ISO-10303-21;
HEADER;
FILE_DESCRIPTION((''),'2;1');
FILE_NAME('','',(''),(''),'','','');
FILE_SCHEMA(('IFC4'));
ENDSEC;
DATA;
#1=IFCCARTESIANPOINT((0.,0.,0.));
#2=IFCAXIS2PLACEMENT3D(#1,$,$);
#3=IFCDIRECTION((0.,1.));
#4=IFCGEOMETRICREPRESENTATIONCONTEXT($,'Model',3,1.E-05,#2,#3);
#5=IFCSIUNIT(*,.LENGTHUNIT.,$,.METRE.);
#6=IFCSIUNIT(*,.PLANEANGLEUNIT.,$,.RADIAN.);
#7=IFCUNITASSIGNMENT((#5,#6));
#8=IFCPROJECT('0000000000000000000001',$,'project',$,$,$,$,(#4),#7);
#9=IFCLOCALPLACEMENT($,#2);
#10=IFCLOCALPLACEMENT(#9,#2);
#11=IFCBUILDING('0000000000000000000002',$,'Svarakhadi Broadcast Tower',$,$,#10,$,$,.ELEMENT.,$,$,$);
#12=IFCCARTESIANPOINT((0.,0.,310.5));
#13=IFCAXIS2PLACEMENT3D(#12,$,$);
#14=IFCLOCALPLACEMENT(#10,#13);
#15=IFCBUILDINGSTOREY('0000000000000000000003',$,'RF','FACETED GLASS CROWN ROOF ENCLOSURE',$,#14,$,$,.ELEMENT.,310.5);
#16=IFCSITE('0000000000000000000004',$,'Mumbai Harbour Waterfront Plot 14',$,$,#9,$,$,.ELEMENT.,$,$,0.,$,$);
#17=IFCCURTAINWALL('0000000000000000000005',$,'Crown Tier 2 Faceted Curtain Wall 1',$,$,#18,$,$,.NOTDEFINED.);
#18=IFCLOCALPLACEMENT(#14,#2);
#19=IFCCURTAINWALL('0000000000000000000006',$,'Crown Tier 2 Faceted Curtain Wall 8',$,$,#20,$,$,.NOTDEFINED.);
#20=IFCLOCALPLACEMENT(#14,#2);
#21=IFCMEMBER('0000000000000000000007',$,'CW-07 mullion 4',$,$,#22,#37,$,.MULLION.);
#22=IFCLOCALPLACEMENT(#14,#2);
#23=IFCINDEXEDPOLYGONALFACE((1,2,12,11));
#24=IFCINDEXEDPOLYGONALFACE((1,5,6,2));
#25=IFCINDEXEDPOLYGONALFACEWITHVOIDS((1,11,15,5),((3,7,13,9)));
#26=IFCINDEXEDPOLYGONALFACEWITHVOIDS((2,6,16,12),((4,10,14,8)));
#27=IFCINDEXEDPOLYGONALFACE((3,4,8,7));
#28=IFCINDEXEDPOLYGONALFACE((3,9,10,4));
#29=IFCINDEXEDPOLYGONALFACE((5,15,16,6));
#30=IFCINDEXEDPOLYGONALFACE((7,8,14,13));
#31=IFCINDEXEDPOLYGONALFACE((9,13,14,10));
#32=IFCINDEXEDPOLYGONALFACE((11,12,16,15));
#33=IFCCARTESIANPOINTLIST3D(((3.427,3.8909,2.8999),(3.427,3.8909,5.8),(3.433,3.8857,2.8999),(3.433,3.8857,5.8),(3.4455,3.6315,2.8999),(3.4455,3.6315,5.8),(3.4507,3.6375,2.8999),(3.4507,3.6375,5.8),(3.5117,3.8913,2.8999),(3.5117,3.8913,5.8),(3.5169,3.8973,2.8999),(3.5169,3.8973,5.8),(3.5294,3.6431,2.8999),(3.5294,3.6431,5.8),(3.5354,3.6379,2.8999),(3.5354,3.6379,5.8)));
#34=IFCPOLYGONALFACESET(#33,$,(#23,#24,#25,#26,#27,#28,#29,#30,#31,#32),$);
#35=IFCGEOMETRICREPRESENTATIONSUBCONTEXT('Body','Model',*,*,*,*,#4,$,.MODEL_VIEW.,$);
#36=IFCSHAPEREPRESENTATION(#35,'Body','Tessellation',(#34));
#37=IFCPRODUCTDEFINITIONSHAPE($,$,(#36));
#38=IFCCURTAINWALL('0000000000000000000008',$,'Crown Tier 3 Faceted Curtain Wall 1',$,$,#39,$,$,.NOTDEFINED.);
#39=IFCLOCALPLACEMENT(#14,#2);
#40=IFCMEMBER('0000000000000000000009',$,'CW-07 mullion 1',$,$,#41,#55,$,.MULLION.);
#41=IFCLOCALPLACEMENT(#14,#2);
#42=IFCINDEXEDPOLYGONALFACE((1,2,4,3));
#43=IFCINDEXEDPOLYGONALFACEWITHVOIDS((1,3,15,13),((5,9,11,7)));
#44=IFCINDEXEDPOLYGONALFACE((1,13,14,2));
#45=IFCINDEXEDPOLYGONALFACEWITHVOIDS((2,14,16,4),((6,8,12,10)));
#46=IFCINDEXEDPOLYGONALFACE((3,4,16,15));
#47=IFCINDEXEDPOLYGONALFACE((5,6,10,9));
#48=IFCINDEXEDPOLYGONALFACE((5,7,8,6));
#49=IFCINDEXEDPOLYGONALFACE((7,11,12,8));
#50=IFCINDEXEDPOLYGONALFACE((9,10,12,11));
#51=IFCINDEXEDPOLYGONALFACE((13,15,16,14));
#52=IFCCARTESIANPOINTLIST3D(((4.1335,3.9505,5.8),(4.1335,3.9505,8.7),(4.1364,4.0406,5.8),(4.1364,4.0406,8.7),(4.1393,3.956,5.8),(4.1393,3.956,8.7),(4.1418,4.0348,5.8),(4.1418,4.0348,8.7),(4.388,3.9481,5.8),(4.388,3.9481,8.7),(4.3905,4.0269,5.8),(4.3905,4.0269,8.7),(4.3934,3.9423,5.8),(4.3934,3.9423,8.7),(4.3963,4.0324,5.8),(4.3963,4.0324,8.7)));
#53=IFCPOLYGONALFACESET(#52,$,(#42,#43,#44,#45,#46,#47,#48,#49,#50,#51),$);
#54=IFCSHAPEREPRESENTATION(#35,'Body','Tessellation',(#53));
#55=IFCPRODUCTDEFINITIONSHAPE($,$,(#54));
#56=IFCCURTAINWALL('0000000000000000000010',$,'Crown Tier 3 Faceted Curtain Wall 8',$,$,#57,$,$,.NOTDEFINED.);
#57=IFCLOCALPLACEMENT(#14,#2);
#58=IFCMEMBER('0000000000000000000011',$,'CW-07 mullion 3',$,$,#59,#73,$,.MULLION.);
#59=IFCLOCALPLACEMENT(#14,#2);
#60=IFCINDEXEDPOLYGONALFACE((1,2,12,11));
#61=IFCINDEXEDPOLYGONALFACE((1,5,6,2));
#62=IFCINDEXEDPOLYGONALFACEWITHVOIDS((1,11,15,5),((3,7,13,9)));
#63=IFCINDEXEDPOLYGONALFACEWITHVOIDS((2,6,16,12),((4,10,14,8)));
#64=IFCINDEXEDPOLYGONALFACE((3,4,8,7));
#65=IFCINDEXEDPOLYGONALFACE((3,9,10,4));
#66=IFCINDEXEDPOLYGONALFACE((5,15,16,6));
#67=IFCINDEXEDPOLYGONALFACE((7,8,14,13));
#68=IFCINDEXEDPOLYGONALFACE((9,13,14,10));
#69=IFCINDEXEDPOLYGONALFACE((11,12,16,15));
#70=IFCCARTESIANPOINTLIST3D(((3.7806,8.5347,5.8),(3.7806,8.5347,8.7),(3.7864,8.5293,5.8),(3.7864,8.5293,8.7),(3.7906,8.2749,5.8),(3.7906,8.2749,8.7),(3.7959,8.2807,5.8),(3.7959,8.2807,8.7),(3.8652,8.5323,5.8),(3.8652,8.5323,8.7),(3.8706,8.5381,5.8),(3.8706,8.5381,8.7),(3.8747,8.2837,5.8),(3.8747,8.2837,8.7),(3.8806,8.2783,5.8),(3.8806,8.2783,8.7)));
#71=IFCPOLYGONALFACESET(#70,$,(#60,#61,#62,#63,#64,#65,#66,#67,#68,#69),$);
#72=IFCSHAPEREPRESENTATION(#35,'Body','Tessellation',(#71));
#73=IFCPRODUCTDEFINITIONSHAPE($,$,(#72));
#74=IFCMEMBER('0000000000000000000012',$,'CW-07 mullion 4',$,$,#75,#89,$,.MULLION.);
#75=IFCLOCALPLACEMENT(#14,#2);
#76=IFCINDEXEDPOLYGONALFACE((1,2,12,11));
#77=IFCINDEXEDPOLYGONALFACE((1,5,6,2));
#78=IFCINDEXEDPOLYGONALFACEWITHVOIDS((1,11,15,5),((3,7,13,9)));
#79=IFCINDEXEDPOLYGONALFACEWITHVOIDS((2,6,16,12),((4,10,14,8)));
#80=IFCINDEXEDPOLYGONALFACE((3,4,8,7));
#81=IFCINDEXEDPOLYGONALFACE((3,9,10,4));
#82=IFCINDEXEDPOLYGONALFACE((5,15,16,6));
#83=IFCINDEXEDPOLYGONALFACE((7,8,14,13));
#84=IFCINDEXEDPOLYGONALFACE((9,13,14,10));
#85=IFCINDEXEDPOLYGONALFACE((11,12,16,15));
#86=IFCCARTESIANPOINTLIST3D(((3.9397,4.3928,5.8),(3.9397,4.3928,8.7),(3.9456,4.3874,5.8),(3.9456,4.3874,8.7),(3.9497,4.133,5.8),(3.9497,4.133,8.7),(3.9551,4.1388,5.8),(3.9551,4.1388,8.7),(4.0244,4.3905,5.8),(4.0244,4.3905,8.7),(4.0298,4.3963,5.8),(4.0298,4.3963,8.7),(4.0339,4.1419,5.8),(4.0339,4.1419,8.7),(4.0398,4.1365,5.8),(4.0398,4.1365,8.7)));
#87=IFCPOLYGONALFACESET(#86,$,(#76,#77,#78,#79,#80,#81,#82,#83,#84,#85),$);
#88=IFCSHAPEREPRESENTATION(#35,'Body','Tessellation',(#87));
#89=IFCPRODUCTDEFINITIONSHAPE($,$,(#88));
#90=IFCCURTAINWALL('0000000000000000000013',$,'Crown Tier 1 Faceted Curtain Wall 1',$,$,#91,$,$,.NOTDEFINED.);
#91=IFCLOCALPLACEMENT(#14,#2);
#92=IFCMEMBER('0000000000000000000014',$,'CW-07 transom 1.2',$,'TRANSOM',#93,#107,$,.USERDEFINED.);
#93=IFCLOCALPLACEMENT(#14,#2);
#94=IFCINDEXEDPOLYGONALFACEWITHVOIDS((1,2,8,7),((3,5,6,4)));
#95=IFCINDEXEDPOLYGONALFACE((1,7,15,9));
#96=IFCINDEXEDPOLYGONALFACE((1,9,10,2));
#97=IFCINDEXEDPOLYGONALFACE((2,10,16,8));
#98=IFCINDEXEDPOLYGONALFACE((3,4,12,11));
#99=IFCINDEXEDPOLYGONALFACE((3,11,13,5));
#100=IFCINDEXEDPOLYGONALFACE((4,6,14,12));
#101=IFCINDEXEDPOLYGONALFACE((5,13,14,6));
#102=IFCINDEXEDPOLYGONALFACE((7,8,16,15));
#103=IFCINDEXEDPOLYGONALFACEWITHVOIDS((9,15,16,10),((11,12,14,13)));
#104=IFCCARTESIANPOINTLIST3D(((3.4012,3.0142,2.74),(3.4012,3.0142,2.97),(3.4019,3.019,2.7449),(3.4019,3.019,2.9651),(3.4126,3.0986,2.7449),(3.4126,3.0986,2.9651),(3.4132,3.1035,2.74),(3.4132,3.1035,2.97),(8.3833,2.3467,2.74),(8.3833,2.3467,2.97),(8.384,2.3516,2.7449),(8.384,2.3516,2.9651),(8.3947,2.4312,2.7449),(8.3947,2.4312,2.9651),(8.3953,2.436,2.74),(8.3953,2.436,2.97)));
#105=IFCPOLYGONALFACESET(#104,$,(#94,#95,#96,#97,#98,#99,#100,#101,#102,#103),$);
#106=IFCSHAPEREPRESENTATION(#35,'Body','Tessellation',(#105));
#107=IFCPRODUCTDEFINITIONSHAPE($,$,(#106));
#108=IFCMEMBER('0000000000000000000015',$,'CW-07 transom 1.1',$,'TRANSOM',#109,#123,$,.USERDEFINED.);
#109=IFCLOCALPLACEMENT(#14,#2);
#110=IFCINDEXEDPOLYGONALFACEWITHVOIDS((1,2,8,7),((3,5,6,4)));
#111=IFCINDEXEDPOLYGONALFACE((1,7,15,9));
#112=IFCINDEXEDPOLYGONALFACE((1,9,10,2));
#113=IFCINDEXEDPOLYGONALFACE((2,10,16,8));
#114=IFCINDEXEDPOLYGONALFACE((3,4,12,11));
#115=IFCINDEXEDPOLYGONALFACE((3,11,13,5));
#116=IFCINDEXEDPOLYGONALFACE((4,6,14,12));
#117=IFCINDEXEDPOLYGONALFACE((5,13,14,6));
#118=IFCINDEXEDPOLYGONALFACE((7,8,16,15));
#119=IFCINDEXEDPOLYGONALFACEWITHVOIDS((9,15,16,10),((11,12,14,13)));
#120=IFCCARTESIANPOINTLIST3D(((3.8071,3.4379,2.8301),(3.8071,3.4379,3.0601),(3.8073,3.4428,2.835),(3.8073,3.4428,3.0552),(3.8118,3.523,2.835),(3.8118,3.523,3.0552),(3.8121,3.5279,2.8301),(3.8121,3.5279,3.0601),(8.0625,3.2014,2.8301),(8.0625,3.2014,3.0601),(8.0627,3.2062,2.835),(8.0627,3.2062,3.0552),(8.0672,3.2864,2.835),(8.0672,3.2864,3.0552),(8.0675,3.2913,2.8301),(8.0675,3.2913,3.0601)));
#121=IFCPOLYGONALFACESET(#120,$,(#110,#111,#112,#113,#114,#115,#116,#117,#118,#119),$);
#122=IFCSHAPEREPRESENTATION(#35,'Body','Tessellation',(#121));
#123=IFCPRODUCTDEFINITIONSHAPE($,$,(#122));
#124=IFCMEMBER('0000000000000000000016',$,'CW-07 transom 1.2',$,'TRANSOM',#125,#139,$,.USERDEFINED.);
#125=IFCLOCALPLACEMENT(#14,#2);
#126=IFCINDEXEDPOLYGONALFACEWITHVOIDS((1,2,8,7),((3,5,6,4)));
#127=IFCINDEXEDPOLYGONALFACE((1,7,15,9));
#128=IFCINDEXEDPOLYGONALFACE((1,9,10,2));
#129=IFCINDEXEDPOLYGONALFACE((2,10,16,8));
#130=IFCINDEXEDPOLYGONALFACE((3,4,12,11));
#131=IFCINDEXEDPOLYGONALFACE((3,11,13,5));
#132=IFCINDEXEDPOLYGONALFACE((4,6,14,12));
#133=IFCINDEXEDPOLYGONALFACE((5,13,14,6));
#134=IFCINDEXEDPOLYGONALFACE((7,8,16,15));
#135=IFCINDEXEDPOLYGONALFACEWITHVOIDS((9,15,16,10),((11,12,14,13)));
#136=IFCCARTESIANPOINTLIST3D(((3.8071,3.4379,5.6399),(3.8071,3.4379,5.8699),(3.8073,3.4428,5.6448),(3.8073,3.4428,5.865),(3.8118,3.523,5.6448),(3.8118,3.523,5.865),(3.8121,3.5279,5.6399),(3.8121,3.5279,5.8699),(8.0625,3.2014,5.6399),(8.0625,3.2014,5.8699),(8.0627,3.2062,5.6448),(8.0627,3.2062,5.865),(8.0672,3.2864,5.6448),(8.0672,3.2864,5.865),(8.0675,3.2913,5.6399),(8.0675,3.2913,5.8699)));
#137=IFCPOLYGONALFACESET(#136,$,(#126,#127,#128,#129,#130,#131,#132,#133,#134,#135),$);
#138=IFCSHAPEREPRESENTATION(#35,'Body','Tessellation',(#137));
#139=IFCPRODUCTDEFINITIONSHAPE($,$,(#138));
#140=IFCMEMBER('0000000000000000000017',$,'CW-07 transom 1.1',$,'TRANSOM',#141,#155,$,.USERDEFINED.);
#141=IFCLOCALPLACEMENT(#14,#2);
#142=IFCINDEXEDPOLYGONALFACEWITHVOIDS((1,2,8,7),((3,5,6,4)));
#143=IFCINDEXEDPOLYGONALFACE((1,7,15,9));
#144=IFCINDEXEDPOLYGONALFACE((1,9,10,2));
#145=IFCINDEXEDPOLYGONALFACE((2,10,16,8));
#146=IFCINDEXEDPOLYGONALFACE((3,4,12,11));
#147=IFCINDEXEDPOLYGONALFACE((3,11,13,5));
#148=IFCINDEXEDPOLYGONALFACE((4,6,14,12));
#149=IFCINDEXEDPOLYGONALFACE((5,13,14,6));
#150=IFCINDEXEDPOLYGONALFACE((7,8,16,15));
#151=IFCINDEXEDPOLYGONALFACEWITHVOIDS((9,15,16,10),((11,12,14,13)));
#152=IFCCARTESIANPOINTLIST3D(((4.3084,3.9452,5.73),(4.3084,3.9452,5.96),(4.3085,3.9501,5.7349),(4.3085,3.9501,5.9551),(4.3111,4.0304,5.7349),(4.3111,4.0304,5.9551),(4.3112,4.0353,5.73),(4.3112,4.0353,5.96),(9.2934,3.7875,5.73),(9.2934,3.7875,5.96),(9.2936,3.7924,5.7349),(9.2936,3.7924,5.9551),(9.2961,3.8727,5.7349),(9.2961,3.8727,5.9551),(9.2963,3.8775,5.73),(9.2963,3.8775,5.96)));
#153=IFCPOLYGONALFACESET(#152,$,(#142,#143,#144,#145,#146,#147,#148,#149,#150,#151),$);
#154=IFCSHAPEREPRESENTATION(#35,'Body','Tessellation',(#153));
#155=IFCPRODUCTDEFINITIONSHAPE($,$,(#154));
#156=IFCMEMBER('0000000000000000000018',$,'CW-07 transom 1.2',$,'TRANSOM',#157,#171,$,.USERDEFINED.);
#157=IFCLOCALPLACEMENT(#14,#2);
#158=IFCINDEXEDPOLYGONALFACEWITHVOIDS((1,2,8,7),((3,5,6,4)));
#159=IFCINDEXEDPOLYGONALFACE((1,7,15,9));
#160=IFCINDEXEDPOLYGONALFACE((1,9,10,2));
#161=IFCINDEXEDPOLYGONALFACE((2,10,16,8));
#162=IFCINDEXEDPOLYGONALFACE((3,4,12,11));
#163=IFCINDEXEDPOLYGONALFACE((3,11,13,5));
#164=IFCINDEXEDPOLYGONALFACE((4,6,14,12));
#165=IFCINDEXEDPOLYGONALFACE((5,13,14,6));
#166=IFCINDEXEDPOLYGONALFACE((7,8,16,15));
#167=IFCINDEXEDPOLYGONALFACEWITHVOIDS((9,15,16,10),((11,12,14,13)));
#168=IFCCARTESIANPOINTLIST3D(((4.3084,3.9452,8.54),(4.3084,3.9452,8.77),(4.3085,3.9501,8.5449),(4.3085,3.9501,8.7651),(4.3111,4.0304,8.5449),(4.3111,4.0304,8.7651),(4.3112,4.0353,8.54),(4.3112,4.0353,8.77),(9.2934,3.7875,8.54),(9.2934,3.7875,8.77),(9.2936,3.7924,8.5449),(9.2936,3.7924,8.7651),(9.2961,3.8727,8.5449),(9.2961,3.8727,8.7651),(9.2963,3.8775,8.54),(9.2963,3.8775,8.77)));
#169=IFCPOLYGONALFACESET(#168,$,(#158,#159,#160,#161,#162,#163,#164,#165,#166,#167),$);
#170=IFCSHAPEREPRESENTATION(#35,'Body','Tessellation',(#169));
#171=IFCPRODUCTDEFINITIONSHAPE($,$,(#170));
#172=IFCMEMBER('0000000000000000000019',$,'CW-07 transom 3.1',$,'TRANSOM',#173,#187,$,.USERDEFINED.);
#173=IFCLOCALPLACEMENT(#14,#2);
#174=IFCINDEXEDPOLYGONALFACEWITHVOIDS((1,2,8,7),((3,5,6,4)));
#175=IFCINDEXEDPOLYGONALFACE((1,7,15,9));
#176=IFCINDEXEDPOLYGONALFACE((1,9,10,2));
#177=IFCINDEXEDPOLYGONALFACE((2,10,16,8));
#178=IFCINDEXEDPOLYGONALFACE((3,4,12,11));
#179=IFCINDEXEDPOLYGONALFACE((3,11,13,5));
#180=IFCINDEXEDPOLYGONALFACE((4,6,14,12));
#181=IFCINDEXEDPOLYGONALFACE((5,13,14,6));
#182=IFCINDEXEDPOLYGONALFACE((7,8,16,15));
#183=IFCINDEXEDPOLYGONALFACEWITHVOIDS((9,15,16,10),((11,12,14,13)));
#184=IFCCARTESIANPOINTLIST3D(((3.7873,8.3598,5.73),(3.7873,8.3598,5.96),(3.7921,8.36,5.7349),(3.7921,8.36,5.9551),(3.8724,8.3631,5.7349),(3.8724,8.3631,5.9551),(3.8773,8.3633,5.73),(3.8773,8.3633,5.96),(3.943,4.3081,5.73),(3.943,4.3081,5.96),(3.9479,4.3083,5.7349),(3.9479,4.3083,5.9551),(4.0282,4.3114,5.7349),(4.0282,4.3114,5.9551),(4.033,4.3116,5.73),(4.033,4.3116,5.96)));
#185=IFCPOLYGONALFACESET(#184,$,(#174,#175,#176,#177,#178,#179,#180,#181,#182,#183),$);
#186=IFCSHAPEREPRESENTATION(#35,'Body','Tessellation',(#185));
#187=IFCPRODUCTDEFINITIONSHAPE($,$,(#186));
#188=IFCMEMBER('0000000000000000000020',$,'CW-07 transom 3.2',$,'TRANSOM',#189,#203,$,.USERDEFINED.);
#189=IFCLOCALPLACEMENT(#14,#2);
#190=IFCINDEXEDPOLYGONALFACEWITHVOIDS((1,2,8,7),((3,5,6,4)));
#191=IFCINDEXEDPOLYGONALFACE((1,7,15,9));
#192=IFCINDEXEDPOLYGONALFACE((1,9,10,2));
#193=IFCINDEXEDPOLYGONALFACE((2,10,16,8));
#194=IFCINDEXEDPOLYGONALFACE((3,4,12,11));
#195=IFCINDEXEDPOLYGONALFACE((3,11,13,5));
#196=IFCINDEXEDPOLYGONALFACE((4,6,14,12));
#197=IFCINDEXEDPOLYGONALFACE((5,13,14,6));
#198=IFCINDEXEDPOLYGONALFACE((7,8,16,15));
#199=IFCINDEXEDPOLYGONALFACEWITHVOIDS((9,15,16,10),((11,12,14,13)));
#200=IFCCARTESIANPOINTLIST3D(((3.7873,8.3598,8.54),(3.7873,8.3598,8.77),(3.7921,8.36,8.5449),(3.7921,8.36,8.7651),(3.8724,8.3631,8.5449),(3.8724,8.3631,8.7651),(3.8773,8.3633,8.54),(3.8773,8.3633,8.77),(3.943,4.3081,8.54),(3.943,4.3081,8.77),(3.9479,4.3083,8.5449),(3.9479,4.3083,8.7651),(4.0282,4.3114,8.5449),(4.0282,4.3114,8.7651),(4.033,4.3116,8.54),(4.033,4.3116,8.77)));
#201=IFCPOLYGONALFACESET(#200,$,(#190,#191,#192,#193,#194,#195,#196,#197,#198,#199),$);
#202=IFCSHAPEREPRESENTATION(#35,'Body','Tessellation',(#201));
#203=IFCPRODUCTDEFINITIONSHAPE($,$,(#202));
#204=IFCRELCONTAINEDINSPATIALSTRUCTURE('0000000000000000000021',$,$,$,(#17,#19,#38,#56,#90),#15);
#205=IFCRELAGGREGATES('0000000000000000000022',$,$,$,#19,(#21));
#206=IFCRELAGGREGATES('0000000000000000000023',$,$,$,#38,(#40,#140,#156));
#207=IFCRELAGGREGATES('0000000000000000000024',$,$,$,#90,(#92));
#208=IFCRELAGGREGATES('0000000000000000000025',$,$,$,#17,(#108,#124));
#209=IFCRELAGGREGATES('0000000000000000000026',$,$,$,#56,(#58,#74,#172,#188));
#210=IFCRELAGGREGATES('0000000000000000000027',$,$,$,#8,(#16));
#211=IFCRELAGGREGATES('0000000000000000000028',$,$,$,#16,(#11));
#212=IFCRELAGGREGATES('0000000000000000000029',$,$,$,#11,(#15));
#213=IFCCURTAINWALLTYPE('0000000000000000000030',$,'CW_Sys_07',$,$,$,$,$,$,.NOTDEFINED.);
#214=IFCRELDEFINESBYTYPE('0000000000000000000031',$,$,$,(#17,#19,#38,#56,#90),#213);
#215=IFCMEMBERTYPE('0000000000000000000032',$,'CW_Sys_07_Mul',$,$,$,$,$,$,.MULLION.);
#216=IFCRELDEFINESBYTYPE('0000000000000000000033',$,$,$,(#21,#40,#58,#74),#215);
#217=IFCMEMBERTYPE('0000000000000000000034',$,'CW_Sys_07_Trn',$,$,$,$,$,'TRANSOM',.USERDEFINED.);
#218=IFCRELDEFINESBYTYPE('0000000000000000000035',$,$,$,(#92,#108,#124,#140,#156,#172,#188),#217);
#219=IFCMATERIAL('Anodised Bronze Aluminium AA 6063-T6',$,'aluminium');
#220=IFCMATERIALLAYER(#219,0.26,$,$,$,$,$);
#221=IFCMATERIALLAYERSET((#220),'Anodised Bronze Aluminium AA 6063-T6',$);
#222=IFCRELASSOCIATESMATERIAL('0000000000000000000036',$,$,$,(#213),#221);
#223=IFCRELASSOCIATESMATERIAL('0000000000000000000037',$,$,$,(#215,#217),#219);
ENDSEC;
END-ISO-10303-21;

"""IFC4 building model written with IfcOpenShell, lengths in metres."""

from ifc_helpers import new_model, si_unit, direction, frame, origin, origin_2d, place, context, subcontext, project, spatial, hollow_rectangle, extrude, material, layer, layer_set, material_profile, profile_set, type_object, element, aggregate, save


model = new_model("IFC4")

# Units and contexts
model_context = context("Model", 3, precision=1e-05, world=origin(), true_north=direction((0.0, 1.0)))
body_context = subcontext(model_context, "Body", "Model", "MODEL_VIEW")
ifc_project = project(units=[si_unit("LENGTHUNIT", "METRE"), si_unit("PLANEANGLEUNIT", "RADIAN")], contexts=[model_context])

# Site, building, storey
site_placement = place(None, origin())
site = spatial("IfcSite", under=ifc_project, at=site_placement, Name="Mumbai Harbour Waterfront Plot 14", CompositionType="ELEMENT", RefElevation=0.0)
building_placement = place(site_placement, origin())
building = spatial("IfcBuilding", under=site, at=building_placement, Name="Svarakhadi Broadcast Tower", CompositionType="ELEMENT")
storey_placement = place(building_placement, frame((0.0, 0.0, 310.5)))
storey = spatial("IfcBuildingStorey", under=building, at=storey_placement, Name="RF", Description="FACETED GLASS CROWN ROOF ENCLOSURE", CompositionType="ELEMENT", Elevation=310.5)

# Curtain walls, members
ifc_material_1 = material(Name="Anodised Bronze Aluminium AA 6063-T6", Category="aluminium")
ifc_layer_1 = layer(ifc_material_1, 0.26)
ifc_layer_set_1 = layer_set([ifc_layer_1], Name="Anodised Bronze Aluminium AA 6063-T6")
curtain_wall_type = type_object("IfcCurtainWallType", Name="CW_Sys_07", PredefinedType="NOTDEFINED", material=ifc_layer_set_1)
curtain_wall_1_placement = place(storey_placement, origin())
curtain_wall_1 = element("IfcCurtainWall", 1, at=curtain_wall_1_placement, inside=storey, type_object=curtain_wall_type, Name="Crown Tier 2 Faceted Curtain Wall 1", PredefinedType="NOTDEFINED")
ifc_material_profile_1 = material_profile(ifc_material_1, hollow_rectangle(XDim=0.0901, YDim=0.26, WallThickness=0.0056, at=origin_2d()), Name="ALU MULLION 260x90x6")
ifc_profile_set_1 = profile_set([ifc_material_profile_1], Name="Anodised Bronze Aluminium AA 6063-T6")
member_type_1 = type_object("IfcMemberType", Name="CW_Sys_07_Mul", PredefinedType="MULLION", material=ifc_profile_set_1)
curtain_wall_2_placement = place(storey_placement, origin())
curtain_wall_2 = element("IfcCurtainWall", 2, at=curtain_wall_2_placement, inside=storey, type_object=curtain_wall_type, Name="Crown Tier 2 Faceted Curtain Wall 8", PredefinedType="NOTDEFINED")
member_1_placement = place(storey_placement, frame((3.4812, 3.7644, 2.8999), z_axis=(0.0, 0.0, 1.0), x_axis=(0.997459, 0.071243, 0.0)))
member_1 = element("IfcMember", 3, at=member_1_placement, type_object=member_type_1, Name="CW-07 mullion 4", PredefinedType="MULLION", context=body_context, shape_type="SweptSolid", body=[
    extrude(hollow_rectangle(XDim=0.0901, YDim=0.26, WallThickness=0.0056, at=origin_2d()), origin(), (0.0, 0.0, 1.0), 2.9001),
])
aggregate(curtain_wall_2, [member_1])
curtain_wall_3_placement = place(storey_placement, origin())
curtain_wall_3 = element("IfcCurtainWall", 4, at=curtain_wall_3_placement, inside=storey, type_object=curtain_wall_type, Name="Crown Tier 3 Faceted Curtain Wall 1", PredefinedType="NOTDEFINED")
member_2_placement = place(storey_placement, frame((4.2649, 3.9915, 5.8), z_axis=(0.0, 0.0, 1.0), x_axis=(0.031624, 0.9995, 0.0)))
member_2 = element("IfcMember", 5, at=member_2_placement, type_object=member_type_1, Name="CW-07 mullion 1", PredefinedType="MULLION", context=body_context, shape_type="SweptSolid", body=[
    extrude(hollow_rectangle(XDim=0.0901, YDim=0.26, WallThickness=0.0056, at=origin_2d()), origin(), (0.0, 0.0, 1.0), 2.8999),
])

# Curtain wall, members
curtain_wall_4_placement = place(storey_placement, origin())
curtain_wall_4 = element("IfcCurtainWall", 6, at=curtain_wall_4_placement, inside=storey, type_object=curtain_wall_type, Name="Crown Tier 3 Faceted Curtain Wall 8", PredefinedType="NOTDEFINED")
member_3_placement = place(storey_placement, frame((3.8306, 8.4065, 5.8), z_axis=(0.0, 0.0, 1.0), x_axis=(0.999261, 0.038426, 0.0)))
member_3 = element("IfcMember", 7, at=member_3_placement, type_object=member_type_1, Name="CW-07 mullion 3", PredefinedType="MULLION", context=body_context, shape_type="SweptSolid", body=[
    extrude(hollow_rectangle(XDim=0.0901, YDim=0.26, WallThickness=0.0056, at=origin_2d()), origin(), (0.0, 0.0, 1.0), 2.8999),
])
member_4_placement = place(storey_placement, frame((3.9897, 4.2646, 5.8), z_axis=(0.0, 0.0, 1.0), x_axis=(0.999261, 0.038426, 0.0)))
member_4 = element("IfcMember", 8, at=member_4_placement, type_object=member_type_1, Name="CW-07 mullion 4", PredefinedType="MULLION", context=body_context, shape_type="SweptSolid", body=[
    extrude(hollow_rectangle(XDim=0.0901, YDim=0.26, WallThickness=0.0056, at=origin_2d()), origin(), (0.0, 0.0, 1.0), 2.8999),
])

# Curtain wall, member
curtain_wall_5_placement = place(storey_placement, origin())
curtain_wall_5 = element("IfcCurtainWall", 9, at=curtain_wall_5_placement, inside=storey, type_object=curtain_wall_type, Name="Crown Tier 1 Faceted Curtain Wall 1", PredefinedType="NOTDEFINED")
ifc_material_profile_2 = material_profile(ifc_material_1, hollow_rectangle(XDim=0.0901, YDim=0.23, WallThickness=0.0049, at=origin_2d()), Name="ALU TRANSOM 230x90x5")
ifc_profile_set_2 = profile_set([ifc_material_profile_2], Name="Anodised Bronze Aluminium AA 6063-T6")
member_type_2 = type_object("IfcMemberType", Name="CW_Sys_07_Trn", ElementType="TRANSOM", PredefinedType="USERDEFINED", material=ifc_profile_set_2)
member_5_placement = place(storey_placement, frame((3.4072, 3.0588, 2.855), z_axis=(0.991145, -0.132787, 0.0), x_axis=(0.132787, 0.991145, 0.0)))
member_5 = element("IfcMember", 10, at=member_5_placement, type_object=member_type_2, Name="CW-07 transom 1.2", ObjectType="TRANSOM", PredefinedType="USERDEFINED", context=body_context, shape_type="SweptSolid", body=[
    extrude(hollow_rectangle(XDim=0.0901, YDim=0.23, WallThickness=0.0049, at=origin_2d()), origin(), (0.0, 0.0, 1.0), 5.0266),
])

# Members
member_6_placement = place(storey_placement, frame((3.8096, 3.4829, 2.9451), z_axis=(0.998458, -0.055508, 0.0), x_axis=(0.055508, 0.998458, 0.0)))
member_6 = element("IfcMember", 11, at=member_6_placement, type_object=member_type_2, Name="CW-07 transom 1.1", ObjectType="TRANSOM", PredefinedType="USERDEFINED", context=body_context, shape_type="SweptSolid", body=[
    extrude(hollow_rectangle(XDim=0.0901, YDim=0.23, WallThickness=0.0049, at=origin_2d()), origin(), (0.0, 0.0, 1.0), 4.262),
])
member_7_placement = place(storey_placement, frame((3.8096, 3.4829, 5.7549), z_axis=(0.998458, -0.055508, 0.0), x_axis=(0.055508, 0.998458, 0.0)))
member_7 = element("IfcMember", 12, at=member_7_placement, type_object=member_type_2, Name="CW-07 transom 1.2", ObjectType="TRANSOM", PredefinedType="USERDEFINED", context=body_context, shape_type="SweptSolid", body=[
    extrude(hollow_rectangle(XDim=0.0901, YDim=0.23, WallThickness=0.0049, at=origin_2d()), origin(), (0.0, 0.0, 1.0), 4.262),
])
member_8_placement = place(storey_placement, frame((4.3098, 3.9902, 5.845), z_axis=(0.9995, -0.031621, 0.0), x_axis=(0.031621, 0.9995, 0.0)))
member_8 = element("IfcMember", 13, at=member_8_placement, type_object=member_type_2, Name="CW-07 transom 1.1", ObjectType="TRANSOM", PredefinedType="USERDEFINED", context=body_context, shape_type="SweptSolid", body=[
    extrude(hollow_rectangle(XDim=0.0901, YDim=0.23, WallThickness=0.0049, at=origin_2d()), origin(), (0.0, 0.0, 1.0), 4.9875),
])
member_9_placement = place(storey_placement, frame((4.3098, 3.9902, 8.655), z_axis=(0.9995, -0.031621, 0.0), x_axis=(0.031621, 0.9995, 0.0)))
member_9 = element("IfcMember", 14, at=member_9_placement, type_object=member_type_2, Name="CW-07 transom 1.2", ObjectType="TRANSOM", PredefinedType="USERDEFINED", context=body_context, shape_type="SweptSolid", body=[
    extrude(hollow_rectangle(XDim=0.0901, YDim=0.23, WallThickness=0.0049, at=origin_2d()), origin(), (0.0, 0.0, 1.0), 4.9875),
])
aggregate(curtain_wall_3, [member_2, member_8, member_9])
member_10_placement = place(storey_placement, frame((3.8323, 8.3616, 5.845), z_axis=(0.038415, -0.999262, 0.0), x_axis=(0.999262, 0.038415, 0.0)))
member_10 = element("IfcMember", 15, at=member_10_placement, type_object=member_type_2, Name="CW-07 transom 3.1", ObjectType="TRANSOM", PredefinedType="USERDEFINED", context=body_context, shape_type="SweptSolid", body=[
    extrude(hollow_rectangle(XDim=0.0901, YDim=0.23, WallThickness=0.0049, at=origin_2d()), origin(), (0.0, 0.0, 1.0), 4.0547),
])
member_11_placement = place(storey_placement, frame((3.8323, 8.3616, 8.655), z_axis=(0.038415, -0.999262, 0.0), x_axis=(0.999262, 0.038415, 0.0)))
member_11 = element("IfcMember", 16, at=member_11_placement, type_object=member_type_2, Name="CW-07 transom 3.2", ObjectType="TRANSOM", PredefinedType="USERDEFINED", context=body_context, shape_type="SweptSolid", body=[
    extrude(hollow_rectangle(XDim=0.0901, YDim=0.23, WallThickness=0.0049, at=origin_2d()), origin(), (0.0, 0.0, 1.0), 4.0547),
])

aggregate(curtain_wall_5, [member_5])
aggregate(curtain_wall_1, [member_6, member_7])
aggregate(curtain_wall_4, [member_3, member_4, member_10, member_11])

save(model, "model.ifc")
